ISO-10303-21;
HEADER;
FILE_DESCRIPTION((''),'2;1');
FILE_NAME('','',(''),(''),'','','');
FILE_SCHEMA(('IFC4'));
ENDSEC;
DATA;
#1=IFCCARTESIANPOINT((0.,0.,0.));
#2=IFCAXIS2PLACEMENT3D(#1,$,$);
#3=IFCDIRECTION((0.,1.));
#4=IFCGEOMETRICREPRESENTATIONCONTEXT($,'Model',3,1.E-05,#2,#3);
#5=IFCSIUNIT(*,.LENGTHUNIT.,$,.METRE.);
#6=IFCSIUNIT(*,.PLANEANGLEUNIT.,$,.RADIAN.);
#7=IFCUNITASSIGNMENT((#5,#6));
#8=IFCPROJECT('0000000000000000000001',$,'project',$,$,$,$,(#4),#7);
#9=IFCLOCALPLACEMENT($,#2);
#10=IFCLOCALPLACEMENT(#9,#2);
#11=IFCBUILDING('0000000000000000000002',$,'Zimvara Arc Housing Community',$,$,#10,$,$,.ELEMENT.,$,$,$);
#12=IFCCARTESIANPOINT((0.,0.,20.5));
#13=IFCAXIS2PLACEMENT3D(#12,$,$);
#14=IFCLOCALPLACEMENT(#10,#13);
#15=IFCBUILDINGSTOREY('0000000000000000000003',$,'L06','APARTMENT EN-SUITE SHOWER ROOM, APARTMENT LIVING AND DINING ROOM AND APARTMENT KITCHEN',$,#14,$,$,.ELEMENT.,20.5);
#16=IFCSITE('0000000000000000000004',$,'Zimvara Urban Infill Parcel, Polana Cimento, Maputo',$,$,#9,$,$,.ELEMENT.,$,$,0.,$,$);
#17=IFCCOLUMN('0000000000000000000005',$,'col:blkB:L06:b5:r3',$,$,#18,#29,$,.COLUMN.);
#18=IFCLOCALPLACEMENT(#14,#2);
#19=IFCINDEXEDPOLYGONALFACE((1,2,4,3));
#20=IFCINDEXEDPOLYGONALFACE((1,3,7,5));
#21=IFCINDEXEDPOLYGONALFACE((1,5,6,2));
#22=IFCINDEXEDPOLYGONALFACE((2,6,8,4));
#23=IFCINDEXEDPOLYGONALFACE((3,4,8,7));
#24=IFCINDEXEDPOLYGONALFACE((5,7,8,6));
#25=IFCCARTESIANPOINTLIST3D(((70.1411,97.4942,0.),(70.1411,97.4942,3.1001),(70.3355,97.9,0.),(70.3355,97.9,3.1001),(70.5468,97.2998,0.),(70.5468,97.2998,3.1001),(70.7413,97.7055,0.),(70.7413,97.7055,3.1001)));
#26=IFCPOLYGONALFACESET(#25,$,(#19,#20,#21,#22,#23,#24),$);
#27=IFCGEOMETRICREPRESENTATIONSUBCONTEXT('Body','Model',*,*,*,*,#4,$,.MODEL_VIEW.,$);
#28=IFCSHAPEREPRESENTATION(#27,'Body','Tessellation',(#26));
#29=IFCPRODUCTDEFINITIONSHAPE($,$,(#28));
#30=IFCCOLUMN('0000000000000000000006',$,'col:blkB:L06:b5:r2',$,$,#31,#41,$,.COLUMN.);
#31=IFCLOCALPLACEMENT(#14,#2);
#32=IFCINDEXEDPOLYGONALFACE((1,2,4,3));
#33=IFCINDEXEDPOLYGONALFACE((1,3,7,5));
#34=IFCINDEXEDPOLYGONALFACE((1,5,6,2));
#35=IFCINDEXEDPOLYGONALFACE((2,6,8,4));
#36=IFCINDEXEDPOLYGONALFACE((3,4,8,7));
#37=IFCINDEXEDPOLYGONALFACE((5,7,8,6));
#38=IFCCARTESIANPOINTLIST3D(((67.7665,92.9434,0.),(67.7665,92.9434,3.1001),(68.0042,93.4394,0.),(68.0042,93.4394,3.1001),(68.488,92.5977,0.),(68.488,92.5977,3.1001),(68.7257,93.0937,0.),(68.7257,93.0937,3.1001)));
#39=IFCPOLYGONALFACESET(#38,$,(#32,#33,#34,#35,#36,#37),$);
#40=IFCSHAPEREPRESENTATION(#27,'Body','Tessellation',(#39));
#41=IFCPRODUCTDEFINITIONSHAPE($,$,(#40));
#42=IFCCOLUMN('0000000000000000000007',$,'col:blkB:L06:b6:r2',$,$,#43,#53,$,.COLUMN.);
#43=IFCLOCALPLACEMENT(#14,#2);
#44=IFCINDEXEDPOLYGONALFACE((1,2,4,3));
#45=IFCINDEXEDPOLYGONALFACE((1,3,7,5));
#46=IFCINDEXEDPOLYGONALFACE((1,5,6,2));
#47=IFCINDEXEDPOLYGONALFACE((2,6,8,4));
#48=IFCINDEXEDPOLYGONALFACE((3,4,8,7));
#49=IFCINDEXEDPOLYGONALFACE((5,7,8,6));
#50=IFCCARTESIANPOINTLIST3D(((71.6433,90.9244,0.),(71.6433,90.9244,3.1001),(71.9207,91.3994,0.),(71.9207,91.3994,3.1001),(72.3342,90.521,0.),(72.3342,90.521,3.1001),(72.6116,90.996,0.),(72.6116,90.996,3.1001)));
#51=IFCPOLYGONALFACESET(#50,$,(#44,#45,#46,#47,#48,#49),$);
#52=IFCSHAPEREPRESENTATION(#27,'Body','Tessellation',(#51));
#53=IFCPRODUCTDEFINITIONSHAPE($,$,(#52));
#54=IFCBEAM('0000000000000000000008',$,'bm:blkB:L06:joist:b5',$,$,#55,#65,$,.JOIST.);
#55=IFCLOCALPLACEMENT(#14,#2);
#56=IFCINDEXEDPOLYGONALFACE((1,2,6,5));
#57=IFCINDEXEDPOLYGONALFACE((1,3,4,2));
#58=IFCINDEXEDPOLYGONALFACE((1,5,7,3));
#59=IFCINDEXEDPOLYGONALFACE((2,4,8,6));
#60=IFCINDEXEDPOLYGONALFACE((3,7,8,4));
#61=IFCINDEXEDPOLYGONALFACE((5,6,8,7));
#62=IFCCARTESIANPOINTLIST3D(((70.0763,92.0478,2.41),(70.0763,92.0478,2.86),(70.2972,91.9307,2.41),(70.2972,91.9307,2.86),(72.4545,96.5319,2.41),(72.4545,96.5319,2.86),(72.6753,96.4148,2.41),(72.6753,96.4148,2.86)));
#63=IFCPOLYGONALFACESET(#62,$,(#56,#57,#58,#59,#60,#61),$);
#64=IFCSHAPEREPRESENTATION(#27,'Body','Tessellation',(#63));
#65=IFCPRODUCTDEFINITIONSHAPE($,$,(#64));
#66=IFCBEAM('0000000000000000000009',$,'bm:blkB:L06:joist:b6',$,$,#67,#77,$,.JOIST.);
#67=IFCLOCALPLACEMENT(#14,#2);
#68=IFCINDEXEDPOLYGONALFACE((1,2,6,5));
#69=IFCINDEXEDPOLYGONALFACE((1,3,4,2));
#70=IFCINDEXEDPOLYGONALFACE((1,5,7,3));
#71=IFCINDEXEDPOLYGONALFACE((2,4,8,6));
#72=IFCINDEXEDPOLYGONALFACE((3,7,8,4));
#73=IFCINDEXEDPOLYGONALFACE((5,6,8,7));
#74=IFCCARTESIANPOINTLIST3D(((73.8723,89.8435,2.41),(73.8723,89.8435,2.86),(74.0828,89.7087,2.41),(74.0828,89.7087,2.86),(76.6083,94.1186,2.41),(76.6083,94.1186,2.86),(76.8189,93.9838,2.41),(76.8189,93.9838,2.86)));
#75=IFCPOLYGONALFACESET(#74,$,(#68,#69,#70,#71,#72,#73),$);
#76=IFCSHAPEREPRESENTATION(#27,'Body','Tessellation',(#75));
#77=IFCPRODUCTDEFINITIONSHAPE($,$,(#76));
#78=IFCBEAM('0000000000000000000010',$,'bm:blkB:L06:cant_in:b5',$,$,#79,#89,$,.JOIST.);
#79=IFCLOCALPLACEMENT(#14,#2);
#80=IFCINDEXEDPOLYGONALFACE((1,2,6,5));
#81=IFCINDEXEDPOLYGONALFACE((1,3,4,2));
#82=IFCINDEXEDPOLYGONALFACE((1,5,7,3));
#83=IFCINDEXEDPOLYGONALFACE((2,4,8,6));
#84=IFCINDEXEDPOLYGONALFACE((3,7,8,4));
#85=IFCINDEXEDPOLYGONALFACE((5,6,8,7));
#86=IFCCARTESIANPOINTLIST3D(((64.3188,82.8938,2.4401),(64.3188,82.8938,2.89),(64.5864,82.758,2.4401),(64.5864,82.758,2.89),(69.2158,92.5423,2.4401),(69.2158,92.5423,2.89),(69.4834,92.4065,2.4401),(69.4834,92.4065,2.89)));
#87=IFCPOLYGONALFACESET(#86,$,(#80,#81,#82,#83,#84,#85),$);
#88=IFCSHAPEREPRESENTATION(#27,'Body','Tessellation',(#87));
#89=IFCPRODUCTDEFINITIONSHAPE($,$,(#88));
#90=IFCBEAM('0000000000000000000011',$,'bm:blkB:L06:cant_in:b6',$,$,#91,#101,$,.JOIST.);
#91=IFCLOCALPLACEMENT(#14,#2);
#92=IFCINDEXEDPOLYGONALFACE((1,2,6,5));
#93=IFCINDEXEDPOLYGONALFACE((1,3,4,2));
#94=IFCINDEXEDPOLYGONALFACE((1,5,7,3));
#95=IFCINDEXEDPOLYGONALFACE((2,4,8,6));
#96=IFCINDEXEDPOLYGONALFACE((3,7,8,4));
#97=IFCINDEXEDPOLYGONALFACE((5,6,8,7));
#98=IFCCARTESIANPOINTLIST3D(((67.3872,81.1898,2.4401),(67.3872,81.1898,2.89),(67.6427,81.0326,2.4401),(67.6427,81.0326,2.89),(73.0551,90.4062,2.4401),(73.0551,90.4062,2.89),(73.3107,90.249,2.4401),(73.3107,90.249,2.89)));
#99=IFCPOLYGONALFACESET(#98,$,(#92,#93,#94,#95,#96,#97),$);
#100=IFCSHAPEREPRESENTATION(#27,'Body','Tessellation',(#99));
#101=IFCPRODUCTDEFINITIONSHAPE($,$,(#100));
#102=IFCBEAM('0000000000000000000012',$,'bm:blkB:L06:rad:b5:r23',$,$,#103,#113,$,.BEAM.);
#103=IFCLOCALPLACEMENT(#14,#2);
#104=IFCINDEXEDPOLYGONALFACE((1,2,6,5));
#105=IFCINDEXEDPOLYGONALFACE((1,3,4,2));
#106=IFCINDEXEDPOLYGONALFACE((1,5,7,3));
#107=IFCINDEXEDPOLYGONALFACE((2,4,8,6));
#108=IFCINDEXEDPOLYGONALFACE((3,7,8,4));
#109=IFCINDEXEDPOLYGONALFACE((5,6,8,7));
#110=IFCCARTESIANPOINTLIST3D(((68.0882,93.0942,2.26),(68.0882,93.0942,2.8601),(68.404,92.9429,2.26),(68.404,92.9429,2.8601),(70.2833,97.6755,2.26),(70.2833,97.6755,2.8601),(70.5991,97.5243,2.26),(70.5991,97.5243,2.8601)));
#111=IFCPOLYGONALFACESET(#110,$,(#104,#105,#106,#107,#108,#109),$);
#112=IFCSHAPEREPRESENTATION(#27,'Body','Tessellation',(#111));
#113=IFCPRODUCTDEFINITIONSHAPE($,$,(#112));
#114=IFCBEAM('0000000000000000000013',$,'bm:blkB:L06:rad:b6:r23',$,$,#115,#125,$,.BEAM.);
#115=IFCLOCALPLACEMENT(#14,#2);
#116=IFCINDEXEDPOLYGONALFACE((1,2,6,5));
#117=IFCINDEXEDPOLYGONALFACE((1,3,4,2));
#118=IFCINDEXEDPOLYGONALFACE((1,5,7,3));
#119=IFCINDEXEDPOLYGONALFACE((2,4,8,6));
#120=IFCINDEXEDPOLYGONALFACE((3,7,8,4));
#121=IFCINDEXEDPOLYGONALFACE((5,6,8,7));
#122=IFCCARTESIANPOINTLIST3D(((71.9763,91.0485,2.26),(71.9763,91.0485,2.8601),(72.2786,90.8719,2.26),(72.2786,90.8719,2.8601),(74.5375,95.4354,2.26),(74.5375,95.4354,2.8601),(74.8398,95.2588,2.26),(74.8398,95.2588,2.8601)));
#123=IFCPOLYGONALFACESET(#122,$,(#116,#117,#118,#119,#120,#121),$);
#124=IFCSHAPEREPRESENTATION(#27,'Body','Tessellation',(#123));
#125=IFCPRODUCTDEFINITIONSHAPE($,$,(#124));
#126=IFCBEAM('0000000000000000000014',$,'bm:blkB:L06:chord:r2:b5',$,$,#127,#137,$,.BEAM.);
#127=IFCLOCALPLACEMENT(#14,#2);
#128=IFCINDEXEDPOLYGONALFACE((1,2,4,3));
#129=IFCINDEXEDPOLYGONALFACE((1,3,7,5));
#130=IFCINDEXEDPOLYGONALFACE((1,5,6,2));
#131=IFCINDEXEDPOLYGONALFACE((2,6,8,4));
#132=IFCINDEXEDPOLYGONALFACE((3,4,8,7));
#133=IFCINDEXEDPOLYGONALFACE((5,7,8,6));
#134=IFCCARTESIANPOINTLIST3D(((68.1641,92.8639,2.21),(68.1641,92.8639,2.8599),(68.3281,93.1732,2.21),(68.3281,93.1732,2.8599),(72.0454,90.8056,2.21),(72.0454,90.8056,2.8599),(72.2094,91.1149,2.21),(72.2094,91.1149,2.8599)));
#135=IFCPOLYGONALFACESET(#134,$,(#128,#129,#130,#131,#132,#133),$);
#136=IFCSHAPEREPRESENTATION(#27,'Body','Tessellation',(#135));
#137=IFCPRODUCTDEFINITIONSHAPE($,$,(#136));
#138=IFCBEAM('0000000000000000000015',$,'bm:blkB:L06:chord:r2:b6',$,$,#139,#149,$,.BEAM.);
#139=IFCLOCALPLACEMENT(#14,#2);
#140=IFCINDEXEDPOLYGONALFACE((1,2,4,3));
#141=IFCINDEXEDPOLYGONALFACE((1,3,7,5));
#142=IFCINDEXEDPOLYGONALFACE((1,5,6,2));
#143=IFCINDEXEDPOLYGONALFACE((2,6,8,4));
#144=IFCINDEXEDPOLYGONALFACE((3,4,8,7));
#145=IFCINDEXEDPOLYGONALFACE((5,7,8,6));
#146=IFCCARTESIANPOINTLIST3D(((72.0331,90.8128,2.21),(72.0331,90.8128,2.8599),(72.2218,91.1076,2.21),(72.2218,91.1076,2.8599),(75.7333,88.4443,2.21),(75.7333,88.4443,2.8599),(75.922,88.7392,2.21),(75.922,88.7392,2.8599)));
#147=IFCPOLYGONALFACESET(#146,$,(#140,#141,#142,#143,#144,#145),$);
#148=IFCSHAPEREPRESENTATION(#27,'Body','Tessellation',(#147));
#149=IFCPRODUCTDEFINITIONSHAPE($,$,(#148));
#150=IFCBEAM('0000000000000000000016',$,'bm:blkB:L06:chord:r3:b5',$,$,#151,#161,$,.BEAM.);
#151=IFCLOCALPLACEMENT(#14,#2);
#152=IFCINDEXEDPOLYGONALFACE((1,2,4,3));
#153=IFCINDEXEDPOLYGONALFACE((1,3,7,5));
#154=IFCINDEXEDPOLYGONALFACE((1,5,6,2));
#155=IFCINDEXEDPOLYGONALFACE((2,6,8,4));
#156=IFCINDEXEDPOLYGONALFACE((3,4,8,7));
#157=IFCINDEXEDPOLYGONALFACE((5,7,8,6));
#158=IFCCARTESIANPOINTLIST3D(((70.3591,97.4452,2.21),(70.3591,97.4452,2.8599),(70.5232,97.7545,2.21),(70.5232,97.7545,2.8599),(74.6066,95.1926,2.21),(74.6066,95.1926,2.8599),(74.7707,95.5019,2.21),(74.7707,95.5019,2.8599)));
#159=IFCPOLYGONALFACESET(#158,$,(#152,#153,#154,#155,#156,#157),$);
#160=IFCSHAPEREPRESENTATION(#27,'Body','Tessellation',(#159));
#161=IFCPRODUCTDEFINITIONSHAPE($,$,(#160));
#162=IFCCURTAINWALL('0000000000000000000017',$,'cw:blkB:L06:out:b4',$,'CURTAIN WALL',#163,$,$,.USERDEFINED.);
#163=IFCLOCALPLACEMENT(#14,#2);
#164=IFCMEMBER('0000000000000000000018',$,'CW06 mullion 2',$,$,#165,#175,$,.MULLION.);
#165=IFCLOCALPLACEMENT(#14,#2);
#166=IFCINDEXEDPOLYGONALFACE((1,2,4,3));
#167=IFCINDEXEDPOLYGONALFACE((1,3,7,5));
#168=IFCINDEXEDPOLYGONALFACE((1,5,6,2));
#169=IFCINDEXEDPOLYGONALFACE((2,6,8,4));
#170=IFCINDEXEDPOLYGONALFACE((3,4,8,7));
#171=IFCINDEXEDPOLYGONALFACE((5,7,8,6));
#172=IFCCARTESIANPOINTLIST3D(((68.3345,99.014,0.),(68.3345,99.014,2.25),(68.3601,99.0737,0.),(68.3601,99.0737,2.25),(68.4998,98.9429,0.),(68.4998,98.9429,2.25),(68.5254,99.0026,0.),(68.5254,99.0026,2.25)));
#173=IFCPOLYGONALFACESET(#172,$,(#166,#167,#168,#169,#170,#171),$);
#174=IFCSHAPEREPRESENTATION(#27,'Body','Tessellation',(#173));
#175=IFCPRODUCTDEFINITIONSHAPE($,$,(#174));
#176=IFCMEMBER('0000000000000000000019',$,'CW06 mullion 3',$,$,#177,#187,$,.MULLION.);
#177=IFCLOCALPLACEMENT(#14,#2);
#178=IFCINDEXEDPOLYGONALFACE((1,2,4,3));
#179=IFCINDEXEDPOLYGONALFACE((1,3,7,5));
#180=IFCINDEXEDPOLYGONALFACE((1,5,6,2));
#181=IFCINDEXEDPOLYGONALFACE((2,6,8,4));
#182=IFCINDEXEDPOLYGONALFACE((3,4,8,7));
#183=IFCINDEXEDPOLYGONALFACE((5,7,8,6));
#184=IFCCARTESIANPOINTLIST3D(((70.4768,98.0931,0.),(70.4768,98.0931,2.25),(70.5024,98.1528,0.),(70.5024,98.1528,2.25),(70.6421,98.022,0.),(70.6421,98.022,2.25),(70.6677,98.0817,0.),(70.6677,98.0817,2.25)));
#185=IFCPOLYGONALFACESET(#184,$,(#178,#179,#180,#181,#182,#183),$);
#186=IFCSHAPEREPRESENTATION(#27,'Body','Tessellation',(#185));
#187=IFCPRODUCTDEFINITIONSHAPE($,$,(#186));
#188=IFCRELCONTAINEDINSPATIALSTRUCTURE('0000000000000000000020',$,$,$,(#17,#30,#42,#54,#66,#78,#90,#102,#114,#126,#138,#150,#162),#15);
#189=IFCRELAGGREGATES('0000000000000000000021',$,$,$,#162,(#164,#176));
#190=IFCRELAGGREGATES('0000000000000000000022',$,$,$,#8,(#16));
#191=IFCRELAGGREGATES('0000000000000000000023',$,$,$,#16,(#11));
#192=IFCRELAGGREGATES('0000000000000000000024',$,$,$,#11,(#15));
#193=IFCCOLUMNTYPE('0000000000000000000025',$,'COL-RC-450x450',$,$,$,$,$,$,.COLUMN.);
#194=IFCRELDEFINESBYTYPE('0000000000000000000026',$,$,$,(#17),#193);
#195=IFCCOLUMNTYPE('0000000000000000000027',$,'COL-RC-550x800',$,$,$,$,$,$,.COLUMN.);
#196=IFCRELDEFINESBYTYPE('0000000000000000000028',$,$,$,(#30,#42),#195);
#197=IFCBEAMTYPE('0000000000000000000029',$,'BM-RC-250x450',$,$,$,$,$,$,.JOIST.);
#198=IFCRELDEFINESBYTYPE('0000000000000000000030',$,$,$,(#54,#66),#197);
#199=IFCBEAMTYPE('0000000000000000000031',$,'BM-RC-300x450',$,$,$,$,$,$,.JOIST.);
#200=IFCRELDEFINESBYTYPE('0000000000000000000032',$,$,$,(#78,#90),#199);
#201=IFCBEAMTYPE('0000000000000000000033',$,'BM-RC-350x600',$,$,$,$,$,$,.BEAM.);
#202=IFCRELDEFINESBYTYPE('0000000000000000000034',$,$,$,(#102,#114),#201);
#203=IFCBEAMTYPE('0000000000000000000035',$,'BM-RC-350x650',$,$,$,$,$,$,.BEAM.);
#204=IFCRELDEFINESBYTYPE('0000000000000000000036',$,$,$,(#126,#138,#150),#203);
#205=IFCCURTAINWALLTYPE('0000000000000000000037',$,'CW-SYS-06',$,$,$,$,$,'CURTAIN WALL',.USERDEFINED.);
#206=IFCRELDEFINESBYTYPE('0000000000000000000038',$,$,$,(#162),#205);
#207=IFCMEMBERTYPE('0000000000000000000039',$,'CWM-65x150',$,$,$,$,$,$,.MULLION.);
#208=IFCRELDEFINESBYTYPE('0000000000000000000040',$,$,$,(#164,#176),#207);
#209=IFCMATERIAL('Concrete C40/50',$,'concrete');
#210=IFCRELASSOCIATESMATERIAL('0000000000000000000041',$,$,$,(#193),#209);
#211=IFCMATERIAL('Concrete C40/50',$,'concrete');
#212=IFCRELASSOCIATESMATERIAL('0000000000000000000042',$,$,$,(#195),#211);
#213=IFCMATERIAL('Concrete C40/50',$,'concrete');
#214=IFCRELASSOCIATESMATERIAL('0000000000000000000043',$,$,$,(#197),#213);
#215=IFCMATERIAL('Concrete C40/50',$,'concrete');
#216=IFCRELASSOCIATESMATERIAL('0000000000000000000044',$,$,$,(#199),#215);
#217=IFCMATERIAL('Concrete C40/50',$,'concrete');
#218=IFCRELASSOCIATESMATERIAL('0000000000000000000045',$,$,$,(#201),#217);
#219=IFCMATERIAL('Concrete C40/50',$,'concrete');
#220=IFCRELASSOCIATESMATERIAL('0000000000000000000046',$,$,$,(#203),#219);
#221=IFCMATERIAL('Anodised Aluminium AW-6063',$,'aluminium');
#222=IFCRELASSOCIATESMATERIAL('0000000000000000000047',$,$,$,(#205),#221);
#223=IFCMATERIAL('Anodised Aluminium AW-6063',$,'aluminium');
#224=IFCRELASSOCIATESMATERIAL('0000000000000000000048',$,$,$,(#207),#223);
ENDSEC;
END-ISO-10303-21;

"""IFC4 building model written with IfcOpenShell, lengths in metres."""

from ifc_helpers import new_model, si_unit, direction, frame, origin, origin_2d, place, context, subcontext, project, spatial, rectangle, extrude, material, material_profile, profile_set, type_object, element, aggregate, save


model = new_model("IFC4")

# Units and contexts
model_context = context("Model", 3, precision=1e-05, world=origin(), true_north=direction((0.0, 1.0)))
body_context = subcontext(model_context, "Body", "Model", "MODEL_VIEW")
ifc_project = project(units=[si_unit("LENGTHUNIT", "METRE"), si_unit("PLANEANGLEUNIT", "RADIAN")], contexts=[model_context])

# Site, building, storey
site_placement = place(None, origin())
site = spatial("IfcSite", under=ifc_project, at=site_placement, Name="Zimvara Urban Infill Parcel, Polana Cimento, Maputo", CompositionType="ELEMENT", RefElevation=0.0)
building_placement = place(site_placement, origin())
building = spatial("IfcBuilding", under=site, at=building_placement, Name="Zimvara Arc Housing Community", CompositionType="ELEMENT")
storey_placement = place(building_placement, frame((0.0, 0.0, 20.5)))
storey = spatial("IfcBuildingStorey", under=building, at=storey_placement, Name="L06", Description="APARTMENT EN-SUITE SHOWER ROOM, APARTMENT LIVING AND DINING ROOM AND APARTMENT KITCHEN", CompositionType="ELEMENT", Elevation=20.5)

# Columns
ifc_material_1 = material(Name="Concrete C40/50", Category="concrete")
ifc_material_profile_1 = material_profile(ifc_material_1, rectangle(XDim=0.45, YDim=0.45, at=origin_2d()), Name="RC 450x450")
ifc_profile_set_1 = profile_set([ifc_material_profile_1], Name="Concrete C40/50")
column_type_1 = type_object("IfcColumnType", Name="COL-RC-450x450", PredefinedType="COLUMN", material=ifc_profile_set_1)
column_placement = place(storey_placement, frame((70.4412, 97.5999, 0.0), z_axis=(0.0, 0.0, 1.0), x_axis=(0.432086, 0.901833, 0.0)))
element("IfcColumn", 1, at=column_placement, inside=storey, type_object=column_type_1, Name="col:blkB:L06:b5:r3", PredefinedType="COLUMN", context=body_context, shape_type="SweptSolid", body=[
    extrude(rectangle(XDim=0.45, YDim=0.45, at=origin_2d()), origin(), (0.0, 0.0, 1.0), 3.1001),
])
ifc_material_2 = material(Name="Concrete C40/50", Category="concrete")
ifc_material_profile_2 = material_profile(ifc_material_2, rectangle(XDim=0.55, YDim=0.8, at=origin_2d()), Name="RC 550x800")
ifc_profile_set_2 = profile_set([ifc_material_profile_2], Name="Concrete C40/50")
column_type_2 = type_object("IfcColumnType", Name="COL-RC-550x800", PredefinedType="COLUMN", material=ifc_profile_set_2)
for number, where, z_axis, x_axis, name in (
    (2, (68.2461, 93.0186, 0.0), (0.0, 0.0, 1.0), (0.432086, 0.901833, 0.0), "col:blkB:L06:b5:r2"),
    (3, (72.1274, 90.9602, 0.0), (0.0, 0.0, 1.0), (0.504226, 0.863572, 0.0), "col:blkB:L06:b6:r2"),
):
    element("IfcColumn", number, at=place(storey_placement, frame(where, z_axis=z_axis, x_axis=x_axis)), inside=storey, type_object=column_type_2, Name=name, PredefinedType="COLUMN", context=body_context, shape_type="SweptSolid", body=[
        extrude(rectangle(XDim=0.55, YDim=0.8, at=origin_2d()), origin(), (0.0, 0.0, 1.0), 3.1001),
    ])

# Beams
ifc_material_3 = material(Name="Concrete C40/50", Category="concrete")
ifc_material_profile_3 = material_profile(ifc_material_3, rectangle(XDim=0.25, YDim=0.45, at=origin_2d()), Name="RC 250x450")
ifc_profile_set_3 = profile_set([ifc_material_profile_3], Name="Concrete C40/50")
beam_type_1 = type_object("IfcBeamType", Name="BM-RC-250x450", PredefinedType="JOIST", material=ifc_profile_set_3)
for number, where, z_axis, x_axis, name in (
    (4, (70.1868, 91.9893, 2.635), (0.468537, 0.883444, 0.0), (-0.883444, 0.468537, 0.0), "bm:blkB:L06:joist:b5"),
    (5, (73.9775, 89.7761, 2.635), (0.539052, 0.842272, 0.0), (-0.842272, 0.539052, 0.0), "bm:blkB:L06:joist:b6"),
):
    element("IfcBeam", number, at=place(storey_placement, frame(where, z_axis=z_axis, x_axis=x_axis)), inside=storey, type_object=beam_type_1, Name=name, PredefinedType="JOIST", context=body_context, shape_type="SweptSolid", body=[
        extrude(rectangle(XDim=0.25, YDim=0.45, at=origin_2d()), origin(), (0.0, 0.0, 1.0), 5.0757),
    ])
ifc_material_4 = material(Name="Concrete C40/50", Category="concrete")
ifc_material_profile_4 = material_profile(ifc_material_4, rectangle(XDim=0.3, YDim=0.45, at=origin_2d()), Name="RC 300x450")
ifc_profile_set_4 = profile_set([ifc_material_profile_4], Name="Concrete C40/50")
beam_type_2 = type_object("IfcBeamType", Name="BM-RC-300x450", PredefinedType="JOIST", material=ifc_profile_set_4)
beam_1_placement = place(storey_placement, frame((69.3496, 92.4744, 2.665), z_axis=(-0.452585, -0.891721, 0.0), x_axis=(0.891721, -0.452585, 0.0)))
element("IfcBeam", 6, at=beam_1_placement, inside=storey, type_object=beam_type_2, Name="bm:blkB:L06:cant_in:b5", PredefinedType="JOIST", context=body_context, shape_type="SweptSolid", body=[
    extrude(rectangle(XDim=0.3, YDim=0.45, at=origin_2d()), origin(), (0.0, 0.0, 1.0), 10.8201),
])
beam_2_placement = place(storey_placement, frame((73.1829, 90.3276, 2.665), z_axis=(-0.523846, -0.851813, 0.0), x_axis=(0.851813, -0.523846, 0.0)))
element("IfcBeam", 7, at=beam_2_placement, inside=storey, type_object=beam_type_2, Name="bm:blkB:L06:cant_in:b6", PredefinedType="JOIST", context=body_context, shape_type="SweptSolid", body=[
    extrude(rectangle(XDim=0.3, YDim=0.45, at=origin_2d()), origin(), (0.0, 0.0, 1.0), 10.8198),
])
ifc_material_5 = material(Name="Concrete C40/50", Category="concrete")
ifc_material_profile_5 = material_profile(ifc_material_5, rectangle(XDim=0.3501, YDim=0.6001, at=origin_2d()), Name="RC 350x600")
ifc_profile_set_5 = profile_set([ifc_material_profile_5], Name="Concrete C40/50")
beam_type_3 = type_object("IfcBeamType", Name="BM-RC-350x600", PredefinedType="BEAM", material=ifc_profile_set_5)
beam_3_placement = place(storey_placement, frame((68.2461, 93.0186, 2.5601), z_axis=(0.432098, 0.901827, 0.0), x_axis=(-0.901827, 0.432098, 0.0)))
element("IfcBeam", 8, at=beam_3_placement, inside=storey, type_object=beam_type_3, Name="bm:blkB:L06:rad:b5:r23", PredefinedType="BEAM", context=body_context, shape_type="SweptSolid", body=[
    extrude(rectangle(XDim=0.3501, YDim=0.6001, at=origin_2d()), origin(), (0.0, 0.0, 1.0), 5.0801),
])
beam_4_placement = place(storey_placement, frame((72.1274, 90.9602, 2.5601), z_axis=(0.504197, 0.863589, 0.0), x_axis=(-0.863589, 0.504197, 0.0)))
element("IfcBeam", 9, at=beam_4_placement, inside=storey, type_object=beam_type_3, Name="bm:blkB:L06:rad:b6:r23", PredefinedType="BEAM", context=body_context, shape_type="SweptSolid", body=[
    extrude(rectangle(XDim=0.3501, YDim=0.6001, at=origin_2d()), origin(), (0.0, 0.0, 1.0), 5.0798),
])
ifc_material_6 = material(Name="Concrete C40/50", Category="concrete")
ifc_material_profile_6 = material_profile(ifc_material_6, rectangle(XDim=0.3501, YDim=0.6499, at=origin_2d()), Name="RC 350x650")
ifc_profile_set_6 = profile_set([ifc_material_profile_6], Name="Concrete C40/50")
beam_type_4 = type_object("IfcBeamType", Name="BM-RC-350x650", PredefinedType="BEAM", material=ifc_profile_set_6)
for number, where, z_axis, x_axis, name in (
    (10, (68.2461, 93.0186, 2.5349), (0.883457, -0.468513, 0.0), (0.468513, 0.883457, 0.0), "bm:blkB:L06:chord:r2:b5"),
    (11, (72.1274, 90.9602, 2.5349), (0.842242, -0.539099, 0.0), (0.539099, 0.842242, 0.0), "bm:blkB:L06:chord:r2:b6"),
):
    element("IfcBeam", number, at=place(storey_placement, frame(where, z_axis=z_axis, x_axis=x_axis)), inside=storey, type_object=beam_type_4, Name=name, PredefinedType="BEAM", context=body_context, shape_type="SweptSolid", body=[
        extrude(rectangle(XDim=0.3501, YDim=0.6499, at=origin_2d()), origin(), (0.0, 0.0, 1.0), 4.3933),
    ])
beam_5_placement = place(storey_placement, frame((70.4412, 97.5999, 2.5349), z_axis=(0.883446, -0.468534, 0.0), x_axis=(0.468534, 0.883446, 0.0)))
element("IfcBeam", 12, at=beam_5_placement, inside=storey, type_object=beam_type_4, Name="bm:blkB:L06:chord:r3:b5", PredefinedType="BEAM", context=body_context, shape_type="SweptSolid", body=[
    extrude(rectangle(XDim=0.3501, YDim=0.6499, at=origin_2d()), origin(), (0.0, 0.0, 1.0), 4.8079),
])

# Curtain wall, members
ifc_material_7 = material(Name="Anodised Aluminium AW-6063", Category="aluminium")
curtain_wall_type = type_object("IfcCurtainWallType", Name="CW-SYS-06", ElementType="CURTAIN WALL", PredefinedType="USERDEFINED", material=ifc_material_7)
curtain_wall_placement = place(storey_placement, origin())
curtain_wall = element("IfcCurtainWall", 13, at=curtain_wall_placement, inside=storey, type_object=curtain_wall_type, Name="cw:blkB:L06:out:b4", ObjectType="CURTAIN WALL", PredefinedType="USERDEFINED")
ifc_material_8 = material(Name="Anodised Aluminium AW-6063", Category="aluminium")
ifc_material_profile_7 = material_profile(ifc_material_8, rectangle(XDim=0.0649, YDim=0.1799, at=origin_2d()), Name="ALU 65x180")
ifc_profile_set_7 = profile_set([ifc_material_profile_7], Name="Anodised Aluminium AW-6063")
member_type_1 = type_object("IfcMemberType", Name="CWM-65x150", PredefinedType="MULLION", material=ifc_profile_set_7)
member_1_placement = place(storey_placement, frame((68.4299, 99.0083, 0.0), z_axis=(0.0, 0.0, 1.0), x_axis=(0.394904, 0.918722, 0.0)))
member_1 = element("IfcMember", 14, at=member_1_placement, type_object=member_type_1, Name="CW06 mullion 2", PredefinedType="MULLION", context=body_context, shape_type="SweptSolid", body=[
    extrude(rectangle(XDim=0.0649, YDim=0.1799, at=origin_2d()), origin(), (0.0, 0.0, 1.0), 2.25),
])
member_2_placement = place(storey_placement, frame((70.5723, 98.0874, 0.0), z_axis=(0.0, 0.0, 1.0), x_axis=(0.394904, 0.918722, 0.0)))
member_2 = element("IfcMember", 15, at=member_2_placement, type_object=member_type_1, Name="CW06 mullion 3", PredefinedType="MULLION", context=body_context, shape_type="SweptSolid", body=[
    extrude(rectangle(XDim=0.0649, YDim=0.1799, at=origin_2d()), origin(), (0.0, 0.0, 1.0), 2.25),
])
aggregate(curtain_wall, [member_1, member_2])

save(model, "model.ifc")
